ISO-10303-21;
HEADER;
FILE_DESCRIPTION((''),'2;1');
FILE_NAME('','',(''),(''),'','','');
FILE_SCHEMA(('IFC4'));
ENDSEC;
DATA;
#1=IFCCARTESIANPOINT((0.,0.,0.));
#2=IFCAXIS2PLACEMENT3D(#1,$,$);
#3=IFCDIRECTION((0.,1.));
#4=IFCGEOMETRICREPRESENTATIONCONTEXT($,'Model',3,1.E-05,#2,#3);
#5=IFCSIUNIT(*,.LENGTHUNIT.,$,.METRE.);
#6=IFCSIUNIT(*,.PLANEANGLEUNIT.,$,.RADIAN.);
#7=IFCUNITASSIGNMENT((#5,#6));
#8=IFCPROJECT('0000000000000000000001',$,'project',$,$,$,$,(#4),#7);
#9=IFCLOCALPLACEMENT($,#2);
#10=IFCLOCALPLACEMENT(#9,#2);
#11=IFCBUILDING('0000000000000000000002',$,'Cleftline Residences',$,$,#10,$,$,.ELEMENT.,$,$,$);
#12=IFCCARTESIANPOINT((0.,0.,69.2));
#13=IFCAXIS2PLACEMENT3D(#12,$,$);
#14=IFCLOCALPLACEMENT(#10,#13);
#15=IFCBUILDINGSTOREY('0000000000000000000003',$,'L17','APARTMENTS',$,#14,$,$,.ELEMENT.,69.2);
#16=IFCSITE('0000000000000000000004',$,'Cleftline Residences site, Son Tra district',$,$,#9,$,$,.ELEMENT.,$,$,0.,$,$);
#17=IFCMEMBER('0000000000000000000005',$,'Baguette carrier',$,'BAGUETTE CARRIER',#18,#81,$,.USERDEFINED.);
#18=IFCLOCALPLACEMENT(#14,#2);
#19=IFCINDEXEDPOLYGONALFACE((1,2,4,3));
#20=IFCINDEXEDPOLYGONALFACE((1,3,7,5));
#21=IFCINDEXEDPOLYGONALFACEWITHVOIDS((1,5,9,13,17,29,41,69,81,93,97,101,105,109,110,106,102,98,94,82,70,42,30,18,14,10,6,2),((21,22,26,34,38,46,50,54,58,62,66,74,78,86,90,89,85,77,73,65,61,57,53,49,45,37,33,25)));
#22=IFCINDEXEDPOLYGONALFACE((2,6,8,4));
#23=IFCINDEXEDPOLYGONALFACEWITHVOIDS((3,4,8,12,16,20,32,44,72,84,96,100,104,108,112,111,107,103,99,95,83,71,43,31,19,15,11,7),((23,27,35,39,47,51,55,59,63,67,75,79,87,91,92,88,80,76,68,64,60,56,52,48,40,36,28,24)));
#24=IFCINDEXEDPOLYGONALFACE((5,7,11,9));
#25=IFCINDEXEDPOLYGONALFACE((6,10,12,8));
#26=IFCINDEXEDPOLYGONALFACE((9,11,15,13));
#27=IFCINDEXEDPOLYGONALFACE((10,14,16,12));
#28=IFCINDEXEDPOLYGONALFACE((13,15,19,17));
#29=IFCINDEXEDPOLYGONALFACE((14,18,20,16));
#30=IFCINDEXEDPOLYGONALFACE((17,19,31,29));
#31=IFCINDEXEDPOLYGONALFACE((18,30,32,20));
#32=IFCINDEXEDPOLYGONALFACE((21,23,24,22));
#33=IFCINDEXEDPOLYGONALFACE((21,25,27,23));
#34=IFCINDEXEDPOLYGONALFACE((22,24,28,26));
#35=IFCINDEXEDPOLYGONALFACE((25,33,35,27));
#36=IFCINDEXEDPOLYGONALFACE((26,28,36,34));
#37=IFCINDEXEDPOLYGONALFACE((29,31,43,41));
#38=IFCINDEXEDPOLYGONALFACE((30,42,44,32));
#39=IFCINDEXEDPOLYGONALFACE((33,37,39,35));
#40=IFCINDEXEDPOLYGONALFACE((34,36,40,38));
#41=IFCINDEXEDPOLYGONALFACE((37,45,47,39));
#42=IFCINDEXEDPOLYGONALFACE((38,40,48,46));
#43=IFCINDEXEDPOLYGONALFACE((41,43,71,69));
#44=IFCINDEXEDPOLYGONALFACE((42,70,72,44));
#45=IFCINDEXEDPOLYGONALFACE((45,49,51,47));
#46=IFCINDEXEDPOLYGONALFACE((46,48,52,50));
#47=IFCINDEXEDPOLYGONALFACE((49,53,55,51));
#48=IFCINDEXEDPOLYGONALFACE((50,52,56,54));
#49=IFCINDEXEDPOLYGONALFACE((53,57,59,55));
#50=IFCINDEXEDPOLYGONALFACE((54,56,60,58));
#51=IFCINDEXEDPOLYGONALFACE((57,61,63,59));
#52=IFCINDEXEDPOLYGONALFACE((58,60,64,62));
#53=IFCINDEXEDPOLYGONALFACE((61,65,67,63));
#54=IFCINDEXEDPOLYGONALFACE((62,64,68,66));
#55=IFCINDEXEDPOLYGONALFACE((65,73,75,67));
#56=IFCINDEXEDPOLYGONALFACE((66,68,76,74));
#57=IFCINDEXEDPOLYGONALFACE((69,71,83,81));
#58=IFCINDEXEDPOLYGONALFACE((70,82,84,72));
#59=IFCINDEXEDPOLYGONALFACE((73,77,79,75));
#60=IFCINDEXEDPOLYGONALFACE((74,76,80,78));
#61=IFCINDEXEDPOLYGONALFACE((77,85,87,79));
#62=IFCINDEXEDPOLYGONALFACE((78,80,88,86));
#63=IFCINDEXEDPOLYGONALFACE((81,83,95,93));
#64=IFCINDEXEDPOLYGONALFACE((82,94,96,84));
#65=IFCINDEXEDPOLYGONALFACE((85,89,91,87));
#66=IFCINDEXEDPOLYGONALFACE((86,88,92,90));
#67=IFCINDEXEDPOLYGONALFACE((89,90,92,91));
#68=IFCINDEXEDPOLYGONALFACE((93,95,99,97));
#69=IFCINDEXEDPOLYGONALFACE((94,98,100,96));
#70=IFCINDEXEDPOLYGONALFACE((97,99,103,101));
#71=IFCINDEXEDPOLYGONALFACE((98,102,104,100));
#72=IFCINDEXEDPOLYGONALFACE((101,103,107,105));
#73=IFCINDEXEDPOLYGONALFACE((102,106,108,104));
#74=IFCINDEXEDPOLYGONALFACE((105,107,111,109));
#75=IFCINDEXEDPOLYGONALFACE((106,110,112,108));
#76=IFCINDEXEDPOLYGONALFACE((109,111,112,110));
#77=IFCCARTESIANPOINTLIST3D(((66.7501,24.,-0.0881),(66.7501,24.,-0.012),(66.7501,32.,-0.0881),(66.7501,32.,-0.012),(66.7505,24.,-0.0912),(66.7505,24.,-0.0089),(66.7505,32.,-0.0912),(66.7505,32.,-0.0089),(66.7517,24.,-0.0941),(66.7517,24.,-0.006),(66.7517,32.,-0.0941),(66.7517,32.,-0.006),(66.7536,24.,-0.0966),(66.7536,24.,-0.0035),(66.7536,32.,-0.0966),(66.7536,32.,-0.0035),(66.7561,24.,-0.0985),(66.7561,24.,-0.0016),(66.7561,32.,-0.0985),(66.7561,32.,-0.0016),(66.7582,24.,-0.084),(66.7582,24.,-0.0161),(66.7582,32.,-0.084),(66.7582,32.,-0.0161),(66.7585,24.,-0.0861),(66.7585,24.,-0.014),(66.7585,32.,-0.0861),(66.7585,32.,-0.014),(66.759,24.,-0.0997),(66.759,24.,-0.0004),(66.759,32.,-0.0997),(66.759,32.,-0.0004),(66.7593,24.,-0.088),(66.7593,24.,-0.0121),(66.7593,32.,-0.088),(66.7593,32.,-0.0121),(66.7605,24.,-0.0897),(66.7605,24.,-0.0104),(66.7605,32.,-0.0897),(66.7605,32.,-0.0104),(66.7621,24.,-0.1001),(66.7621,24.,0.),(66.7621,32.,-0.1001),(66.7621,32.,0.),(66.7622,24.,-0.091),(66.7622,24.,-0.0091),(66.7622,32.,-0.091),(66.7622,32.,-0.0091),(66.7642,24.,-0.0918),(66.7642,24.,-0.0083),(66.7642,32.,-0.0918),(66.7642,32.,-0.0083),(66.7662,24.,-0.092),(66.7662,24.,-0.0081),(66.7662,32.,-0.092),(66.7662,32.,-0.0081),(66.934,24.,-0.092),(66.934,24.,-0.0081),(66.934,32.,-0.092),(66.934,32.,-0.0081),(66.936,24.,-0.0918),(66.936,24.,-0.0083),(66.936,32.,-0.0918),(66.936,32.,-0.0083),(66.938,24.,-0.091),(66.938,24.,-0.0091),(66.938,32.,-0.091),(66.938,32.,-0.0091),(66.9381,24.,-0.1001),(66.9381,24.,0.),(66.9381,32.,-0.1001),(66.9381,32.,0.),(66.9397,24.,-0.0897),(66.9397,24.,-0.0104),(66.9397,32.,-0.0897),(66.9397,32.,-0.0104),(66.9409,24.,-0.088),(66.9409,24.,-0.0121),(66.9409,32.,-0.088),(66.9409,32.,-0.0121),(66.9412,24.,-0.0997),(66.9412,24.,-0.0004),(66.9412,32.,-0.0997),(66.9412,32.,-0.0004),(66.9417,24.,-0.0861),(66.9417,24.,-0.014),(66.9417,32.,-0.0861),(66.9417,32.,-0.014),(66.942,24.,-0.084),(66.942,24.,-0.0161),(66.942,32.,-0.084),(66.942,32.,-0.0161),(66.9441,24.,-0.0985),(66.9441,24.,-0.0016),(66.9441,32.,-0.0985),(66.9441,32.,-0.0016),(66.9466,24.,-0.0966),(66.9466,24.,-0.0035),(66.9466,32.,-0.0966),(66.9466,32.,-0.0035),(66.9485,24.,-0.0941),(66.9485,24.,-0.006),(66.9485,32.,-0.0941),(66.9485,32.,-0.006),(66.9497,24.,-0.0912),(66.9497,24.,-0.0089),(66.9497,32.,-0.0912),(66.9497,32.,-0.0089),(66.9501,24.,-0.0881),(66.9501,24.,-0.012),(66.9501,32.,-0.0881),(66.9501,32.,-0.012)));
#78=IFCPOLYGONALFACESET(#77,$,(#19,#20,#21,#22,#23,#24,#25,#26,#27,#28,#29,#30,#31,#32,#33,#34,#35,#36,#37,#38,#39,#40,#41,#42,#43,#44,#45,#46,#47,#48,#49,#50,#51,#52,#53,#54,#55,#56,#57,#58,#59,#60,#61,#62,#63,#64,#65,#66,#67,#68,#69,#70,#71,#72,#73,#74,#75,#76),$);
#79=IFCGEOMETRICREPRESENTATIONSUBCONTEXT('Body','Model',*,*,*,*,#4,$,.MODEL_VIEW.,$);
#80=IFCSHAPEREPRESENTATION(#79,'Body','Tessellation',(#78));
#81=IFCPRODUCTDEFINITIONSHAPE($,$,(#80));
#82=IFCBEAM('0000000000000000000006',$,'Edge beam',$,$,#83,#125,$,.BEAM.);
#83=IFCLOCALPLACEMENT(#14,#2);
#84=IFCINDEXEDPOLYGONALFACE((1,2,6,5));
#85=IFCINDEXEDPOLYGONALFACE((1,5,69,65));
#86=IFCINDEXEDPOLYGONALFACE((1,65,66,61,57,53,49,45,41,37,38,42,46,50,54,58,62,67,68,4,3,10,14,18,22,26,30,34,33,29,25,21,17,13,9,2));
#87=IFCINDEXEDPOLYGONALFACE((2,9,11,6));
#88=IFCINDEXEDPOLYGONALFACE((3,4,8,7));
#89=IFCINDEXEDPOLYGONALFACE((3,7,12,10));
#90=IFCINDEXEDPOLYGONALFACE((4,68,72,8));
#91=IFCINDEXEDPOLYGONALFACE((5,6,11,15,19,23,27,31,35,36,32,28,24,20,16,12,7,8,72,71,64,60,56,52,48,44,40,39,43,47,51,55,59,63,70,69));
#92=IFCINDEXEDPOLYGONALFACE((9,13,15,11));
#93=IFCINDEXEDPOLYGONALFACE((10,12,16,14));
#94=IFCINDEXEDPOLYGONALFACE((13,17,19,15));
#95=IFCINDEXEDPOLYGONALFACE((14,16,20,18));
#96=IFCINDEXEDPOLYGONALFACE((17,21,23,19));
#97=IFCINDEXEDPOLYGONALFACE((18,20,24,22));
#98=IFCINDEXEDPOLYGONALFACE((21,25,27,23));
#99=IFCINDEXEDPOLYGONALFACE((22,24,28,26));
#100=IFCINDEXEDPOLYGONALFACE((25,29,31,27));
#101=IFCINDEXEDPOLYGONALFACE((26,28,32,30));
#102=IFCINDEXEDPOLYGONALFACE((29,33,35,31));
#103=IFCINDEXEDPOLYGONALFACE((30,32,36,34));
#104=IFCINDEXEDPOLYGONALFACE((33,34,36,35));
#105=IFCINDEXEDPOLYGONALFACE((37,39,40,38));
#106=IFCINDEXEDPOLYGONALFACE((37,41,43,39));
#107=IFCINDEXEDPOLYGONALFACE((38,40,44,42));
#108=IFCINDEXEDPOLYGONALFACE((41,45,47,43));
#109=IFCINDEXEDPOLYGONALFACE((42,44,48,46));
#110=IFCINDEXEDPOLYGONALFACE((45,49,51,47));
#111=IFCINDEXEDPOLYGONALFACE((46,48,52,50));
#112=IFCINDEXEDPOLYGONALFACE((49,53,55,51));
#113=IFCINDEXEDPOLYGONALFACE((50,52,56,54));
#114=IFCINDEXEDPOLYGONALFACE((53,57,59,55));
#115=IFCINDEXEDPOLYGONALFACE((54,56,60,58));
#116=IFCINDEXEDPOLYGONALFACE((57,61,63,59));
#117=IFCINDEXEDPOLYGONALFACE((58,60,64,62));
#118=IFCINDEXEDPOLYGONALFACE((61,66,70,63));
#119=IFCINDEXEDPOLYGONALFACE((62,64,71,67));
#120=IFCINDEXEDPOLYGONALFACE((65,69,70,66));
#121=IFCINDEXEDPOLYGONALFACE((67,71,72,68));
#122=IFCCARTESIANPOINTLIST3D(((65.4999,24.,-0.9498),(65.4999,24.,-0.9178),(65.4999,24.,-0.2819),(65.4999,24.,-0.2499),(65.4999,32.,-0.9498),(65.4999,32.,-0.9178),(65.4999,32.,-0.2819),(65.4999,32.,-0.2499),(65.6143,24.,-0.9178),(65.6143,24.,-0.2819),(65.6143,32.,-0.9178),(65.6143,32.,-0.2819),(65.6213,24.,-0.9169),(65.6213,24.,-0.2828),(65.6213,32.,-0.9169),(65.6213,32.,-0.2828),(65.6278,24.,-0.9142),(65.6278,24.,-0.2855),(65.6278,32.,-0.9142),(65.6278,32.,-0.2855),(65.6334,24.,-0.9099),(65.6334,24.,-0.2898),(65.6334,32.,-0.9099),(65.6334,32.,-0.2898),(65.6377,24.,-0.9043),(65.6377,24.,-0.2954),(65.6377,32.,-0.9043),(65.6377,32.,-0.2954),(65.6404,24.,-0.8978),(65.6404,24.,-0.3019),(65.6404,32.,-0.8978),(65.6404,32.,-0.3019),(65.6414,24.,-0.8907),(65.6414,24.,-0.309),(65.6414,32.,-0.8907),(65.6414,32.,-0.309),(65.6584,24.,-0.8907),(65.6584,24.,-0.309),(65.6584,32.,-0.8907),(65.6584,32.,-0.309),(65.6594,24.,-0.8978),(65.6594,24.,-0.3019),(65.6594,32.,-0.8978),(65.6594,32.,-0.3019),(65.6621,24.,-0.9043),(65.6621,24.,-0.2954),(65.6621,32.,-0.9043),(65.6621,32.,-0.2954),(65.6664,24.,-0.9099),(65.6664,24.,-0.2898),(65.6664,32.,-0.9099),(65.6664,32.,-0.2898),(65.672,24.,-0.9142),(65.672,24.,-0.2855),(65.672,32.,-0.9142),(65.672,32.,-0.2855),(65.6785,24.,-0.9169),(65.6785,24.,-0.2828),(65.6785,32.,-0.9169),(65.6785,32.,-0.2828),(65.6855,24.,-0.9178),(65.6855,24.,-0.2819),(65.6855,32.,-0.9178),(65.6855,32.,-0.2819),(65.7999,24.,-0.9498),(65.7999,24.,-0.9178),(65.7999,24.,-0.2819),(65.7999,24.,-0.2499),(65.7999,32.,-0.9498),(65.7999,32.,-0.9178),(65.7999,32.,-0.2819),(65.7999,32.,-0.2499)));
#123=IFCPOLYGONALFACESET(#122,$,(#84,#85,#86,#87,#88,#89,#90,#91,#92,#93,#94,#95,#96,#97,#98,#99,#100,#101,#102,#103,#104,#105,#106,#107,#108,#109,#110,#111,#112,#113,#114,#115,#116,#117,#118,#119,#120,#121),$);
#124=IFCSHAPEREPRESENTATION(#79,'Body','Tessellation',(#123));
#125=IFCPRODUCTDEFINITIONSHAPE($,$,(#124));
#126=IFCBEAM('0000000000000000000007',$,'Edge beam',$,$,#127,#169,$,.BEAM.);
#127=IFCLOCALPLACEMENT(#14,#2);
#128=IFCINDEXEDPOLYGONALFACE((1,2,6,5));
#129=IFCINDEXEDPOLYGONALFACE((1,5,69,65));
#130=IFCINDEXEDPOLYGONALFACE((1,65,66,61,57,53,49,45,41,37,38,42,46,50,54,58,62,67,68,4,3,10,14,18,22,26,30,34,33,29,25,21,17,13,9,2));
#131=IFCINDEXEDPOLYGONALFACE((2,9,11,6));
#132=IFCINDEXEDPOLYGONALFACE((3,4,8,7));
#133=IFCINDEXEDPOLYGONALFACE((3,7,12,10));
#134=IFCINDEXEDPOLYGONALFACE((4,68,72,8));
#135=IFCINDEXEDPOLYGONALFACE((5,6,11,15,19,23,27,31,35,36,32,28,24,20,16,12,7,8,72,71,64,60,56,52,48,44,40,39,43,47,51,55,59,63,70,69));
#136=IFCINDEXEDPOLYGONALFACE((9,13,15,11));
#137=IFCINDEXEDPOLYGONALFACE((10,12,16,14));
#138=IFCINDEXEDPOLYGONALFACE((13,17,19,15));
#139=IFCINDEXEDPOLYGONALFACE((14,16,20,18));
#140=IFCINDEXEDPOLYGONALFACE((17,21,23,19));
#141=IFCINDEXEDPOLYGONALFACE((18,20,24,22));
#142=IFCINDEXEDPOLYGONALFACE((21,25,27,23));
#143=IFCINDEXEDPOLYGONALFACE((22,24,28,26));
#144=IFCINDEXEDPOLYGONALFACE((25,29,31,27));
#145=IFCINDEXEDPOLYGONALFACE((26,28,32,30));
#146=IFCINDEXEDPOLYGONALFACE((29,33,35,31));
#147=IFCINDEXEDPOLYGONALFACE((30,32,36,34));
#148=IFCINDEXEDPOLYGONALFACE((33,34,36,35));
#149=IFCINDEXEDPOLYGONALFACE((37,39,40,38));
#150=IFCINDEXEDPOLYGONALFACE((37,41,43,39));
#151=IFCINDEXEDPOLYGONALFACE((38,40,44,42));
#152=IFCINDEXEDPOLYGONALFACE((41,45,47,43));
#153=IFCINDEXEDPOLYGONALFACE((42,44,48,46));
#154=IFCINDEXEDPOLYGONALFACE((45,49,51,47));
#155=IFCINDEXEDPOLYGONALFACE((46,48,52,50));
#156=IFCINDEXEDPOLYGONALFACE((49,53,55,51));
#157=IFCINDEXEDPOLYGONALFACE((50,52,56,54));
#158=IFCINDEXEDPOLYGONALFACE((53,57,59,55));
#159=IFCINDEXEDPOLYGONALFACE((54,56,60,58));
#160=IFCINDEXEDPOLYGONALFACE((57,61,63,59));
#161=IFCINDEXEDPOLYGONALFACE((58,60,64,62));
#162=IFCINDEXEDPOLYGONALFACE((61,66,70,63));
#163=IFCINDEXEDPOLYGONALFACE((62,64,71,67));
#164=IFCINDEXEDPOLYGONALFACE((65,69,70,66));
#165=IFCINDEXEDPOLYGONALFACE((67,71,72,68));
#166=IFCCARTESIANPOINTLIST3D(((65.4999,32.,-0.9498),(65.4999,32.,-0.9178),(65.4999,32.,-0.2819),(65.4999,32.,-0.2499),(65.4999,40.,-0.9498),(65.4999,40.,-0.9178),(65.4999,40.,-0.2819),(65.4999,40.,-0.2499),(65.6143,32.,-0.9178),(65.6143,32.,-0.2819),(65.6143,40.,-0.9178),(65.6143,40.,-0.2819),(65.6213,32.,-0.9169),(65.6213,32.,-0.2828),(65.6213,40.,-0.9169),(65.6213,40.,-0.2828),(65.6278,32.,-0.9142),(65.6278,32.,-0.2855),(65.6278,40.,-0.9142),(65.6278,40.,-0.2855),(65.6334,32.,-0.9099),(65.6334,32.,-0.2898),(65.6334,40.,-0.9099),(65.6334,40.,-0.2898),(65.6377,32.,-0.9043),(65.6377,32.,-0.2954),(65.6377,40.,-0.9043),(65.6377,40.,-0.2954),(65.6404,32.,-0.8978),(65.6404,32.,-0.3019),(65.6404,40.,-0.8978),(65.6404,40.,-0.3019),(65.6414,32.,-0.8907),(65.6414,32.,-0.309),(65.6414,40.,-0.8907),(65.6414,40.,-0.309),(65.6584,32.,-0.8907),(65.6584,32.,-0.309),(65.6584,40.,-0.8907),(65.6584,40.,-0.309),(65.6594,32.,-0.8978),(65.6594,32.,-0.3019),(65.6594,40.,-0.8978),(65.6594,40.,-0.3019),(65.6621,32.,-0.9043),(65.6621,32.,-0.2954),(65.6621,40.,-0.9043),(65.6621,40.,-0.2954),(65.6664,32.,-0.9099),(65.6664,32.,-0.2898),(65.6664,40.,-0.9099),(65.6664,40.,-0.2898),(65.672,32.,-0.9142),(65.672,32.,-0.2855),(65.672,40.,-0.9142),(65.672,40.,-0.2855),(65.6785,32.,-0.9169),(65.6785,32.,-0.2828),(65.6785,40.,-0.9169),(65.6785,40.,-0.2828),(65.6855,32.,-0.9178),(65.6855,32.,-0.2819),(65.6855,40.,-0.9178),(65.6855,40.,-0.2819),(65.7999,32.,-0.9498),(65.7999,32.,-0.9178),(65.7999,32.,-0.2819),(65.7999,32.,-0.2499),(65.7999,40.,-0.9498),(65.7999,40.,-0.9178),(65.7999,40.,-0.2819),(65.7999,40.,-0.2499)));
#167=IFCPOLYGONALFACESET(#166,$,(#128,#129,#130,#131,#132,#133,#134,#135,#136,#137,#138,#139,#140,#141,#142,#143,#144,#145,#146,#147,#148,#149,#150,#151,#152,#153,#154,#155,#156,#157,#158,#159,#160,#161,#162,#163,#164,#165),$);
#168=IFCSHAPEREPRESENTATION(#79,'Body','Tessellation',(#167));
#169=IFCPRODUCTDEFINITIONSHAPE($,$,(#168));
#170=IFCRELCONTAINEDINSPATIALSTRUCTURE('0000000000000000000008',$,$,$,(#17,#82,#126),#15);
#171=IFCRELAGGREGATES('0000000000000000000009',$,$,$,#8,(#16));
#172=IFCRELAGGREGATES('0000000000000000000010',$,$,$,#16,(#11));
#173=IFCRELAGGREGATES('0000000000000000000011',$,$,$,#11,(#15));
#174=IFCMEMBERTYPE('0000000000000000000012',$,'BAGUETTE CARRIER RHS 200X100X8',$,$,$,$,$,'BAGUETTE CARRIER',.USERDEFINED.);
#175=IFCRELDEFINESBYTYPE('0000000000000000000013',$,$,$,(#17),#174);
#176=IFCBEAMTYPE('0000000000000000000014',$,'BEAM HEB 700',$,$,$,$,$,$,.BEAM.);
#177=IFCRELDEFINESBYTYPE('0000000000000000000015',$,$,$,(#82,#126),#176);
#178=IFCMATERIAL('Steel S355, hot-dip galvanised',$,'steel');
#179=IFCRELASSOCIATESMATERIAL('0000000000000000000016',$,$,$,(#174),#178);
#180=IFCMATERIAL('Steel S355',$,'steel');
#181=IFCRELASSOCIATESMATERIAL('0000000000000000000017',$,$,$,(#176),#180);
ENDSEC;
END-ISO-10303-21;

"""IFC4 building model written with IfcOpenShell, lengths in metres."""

from ifc_helpers import new_model, si_unit, direction, frame, origin, origin_2d, place, context, subcontext, project, spatial, hollow_rectangle, i_section, extrude, material, material_profile, profile_set, type_object, element, save


model = new_model("IFC4")

# Units and contexts
model_context = context("Model", 3, precision=1e-05, world=origin(), true_north=direction((0.0, 1.0)))
body_context = subcontext(model_context, "Body", "Model", "MODEL_VIEW")
ifc_project = project(units=[si_unit("LENGTHUNIT", "METRE"), si_unit("PLANEANGLEUNIT", "RADIAN")], contexts=[model_context])

# Site, building, storey
site_placement = place(None, origin())
site = spatial("IfcSite", under=ifc_project, at=site_placement, Name="Cleftline Residences site, Son Tra district", CompositionType="ELEMENT", RefElevation=0.0)
building_placement = place(site_placement, origin())
building = spatial("IfcBuilding", under=site, at=building_placement, Name="Cleftline Residences", CompositionType="ELEMENT")
storey_placement = place(building_placement, frame((0.0, 0.0, 69.2)))
storey = spatial("IfcBuildingStorey", under=building, at=storey_placement, Name="L17", Description="APARTMENTS", CompositionType="ELEMENT", Elevation=69.2)

# Member
ifc_material_1 = material(Name="Steel S355, hot-dip galvanised", Category="steel")
ifc_material_profile_1 = material_profile(ifc_material_1, hollow_rectangle(XDim=0.1001, YDim=0.2, WallThickness=0.0081, InnerFilletRadius=0.0081, OuterFilletRadius=0.012, at=origin_2d()))
ifc_profile_set_1 = profile_set([ifc_material_profile_1], Name="Steel S355, hot-dip galvanised")
member_type_1 = type_object("IfcMemberType", Name="BAGUETTE CARRIER RHS 200X100X8", ElementType="BAGUETTE CARRIER", PredefinedType="USERDEFINED", material=ifc_profile_set_1)
member_1_placement = place(storey_placement, frame((66.8501, 24.0, -0.05), z_axis=(0.0, 1.0, 0.0), x_axis=(0.0, 0.0, 1.0)))
element("IfcMember", 1, at=member_1_placement, inside=storey, type_object=member_type_1, Name="Baguette carrier", ObjectType="BAGUETTE CARRIER", PredefinedType="USERDEFINED", context=body_context, shape_type="SweptSolid", body=[
    extrude(hollow_rectangle(XDim=0.1001, YDim=0.2, WallThickness=0.0081, InnerFilletRadius=0.0081, OuterFilletRadius=0.012, at=origin_2d()), origin(), (0.0, 0.0, 1.0), 8.0),
])

# Beams
ifc_material_2 = material(Name="Steel S355", Category="steel")
ifc_material_profile_2 = material_profile(ifc_material_2, i_section(OverallWidth=0.3, OverallDepth=0.7, WebThickness=0.0171, FlangeThickness=0.032, FilletRadius=0.0271, at=origin_2d()))
ifc_profile_set_2 = profile_set([ifc_material_profile_2], Name="Steel S355")
beam_type_1 = type_object("IfcBeamType", Name="BEAM HEB 700", PredefinedType="BEAM", material=ifc_profile_set_2)
for number, where, z_axis, x_axis, name in (
    (2, (65.6499, 24.0, -0.5999), (0.0, 1.0, 0.0), (-1.0, 0.0, 0.0), "Edge beam"),
    (3, (65.6499, 32.0, -0.5999), (0.0, 1.0, 0.0), (-1.0, 0.0, 0.0), "Edge beam"),
):
    element("IfcBeam", number, at=place(storey_placement, frame(where, z_axis=z_axis, x_axis=x_axis)), inside=storey, type_object=beam_type_1, Name=name, PredefinedType="BEAM", context=body_context, shape_type="SweptSolid", body=[
        extrude(i_section(OverallWidth=0.3, OverallDepth=0.7, WebThickness=0.0171, FlangeThickness=0.032, FilletRadius=0.0271, at=origin_2d()), origin(), (0.0, 0.0, 1.0), 8.0),
    ])

save(model, "model.ifc")
